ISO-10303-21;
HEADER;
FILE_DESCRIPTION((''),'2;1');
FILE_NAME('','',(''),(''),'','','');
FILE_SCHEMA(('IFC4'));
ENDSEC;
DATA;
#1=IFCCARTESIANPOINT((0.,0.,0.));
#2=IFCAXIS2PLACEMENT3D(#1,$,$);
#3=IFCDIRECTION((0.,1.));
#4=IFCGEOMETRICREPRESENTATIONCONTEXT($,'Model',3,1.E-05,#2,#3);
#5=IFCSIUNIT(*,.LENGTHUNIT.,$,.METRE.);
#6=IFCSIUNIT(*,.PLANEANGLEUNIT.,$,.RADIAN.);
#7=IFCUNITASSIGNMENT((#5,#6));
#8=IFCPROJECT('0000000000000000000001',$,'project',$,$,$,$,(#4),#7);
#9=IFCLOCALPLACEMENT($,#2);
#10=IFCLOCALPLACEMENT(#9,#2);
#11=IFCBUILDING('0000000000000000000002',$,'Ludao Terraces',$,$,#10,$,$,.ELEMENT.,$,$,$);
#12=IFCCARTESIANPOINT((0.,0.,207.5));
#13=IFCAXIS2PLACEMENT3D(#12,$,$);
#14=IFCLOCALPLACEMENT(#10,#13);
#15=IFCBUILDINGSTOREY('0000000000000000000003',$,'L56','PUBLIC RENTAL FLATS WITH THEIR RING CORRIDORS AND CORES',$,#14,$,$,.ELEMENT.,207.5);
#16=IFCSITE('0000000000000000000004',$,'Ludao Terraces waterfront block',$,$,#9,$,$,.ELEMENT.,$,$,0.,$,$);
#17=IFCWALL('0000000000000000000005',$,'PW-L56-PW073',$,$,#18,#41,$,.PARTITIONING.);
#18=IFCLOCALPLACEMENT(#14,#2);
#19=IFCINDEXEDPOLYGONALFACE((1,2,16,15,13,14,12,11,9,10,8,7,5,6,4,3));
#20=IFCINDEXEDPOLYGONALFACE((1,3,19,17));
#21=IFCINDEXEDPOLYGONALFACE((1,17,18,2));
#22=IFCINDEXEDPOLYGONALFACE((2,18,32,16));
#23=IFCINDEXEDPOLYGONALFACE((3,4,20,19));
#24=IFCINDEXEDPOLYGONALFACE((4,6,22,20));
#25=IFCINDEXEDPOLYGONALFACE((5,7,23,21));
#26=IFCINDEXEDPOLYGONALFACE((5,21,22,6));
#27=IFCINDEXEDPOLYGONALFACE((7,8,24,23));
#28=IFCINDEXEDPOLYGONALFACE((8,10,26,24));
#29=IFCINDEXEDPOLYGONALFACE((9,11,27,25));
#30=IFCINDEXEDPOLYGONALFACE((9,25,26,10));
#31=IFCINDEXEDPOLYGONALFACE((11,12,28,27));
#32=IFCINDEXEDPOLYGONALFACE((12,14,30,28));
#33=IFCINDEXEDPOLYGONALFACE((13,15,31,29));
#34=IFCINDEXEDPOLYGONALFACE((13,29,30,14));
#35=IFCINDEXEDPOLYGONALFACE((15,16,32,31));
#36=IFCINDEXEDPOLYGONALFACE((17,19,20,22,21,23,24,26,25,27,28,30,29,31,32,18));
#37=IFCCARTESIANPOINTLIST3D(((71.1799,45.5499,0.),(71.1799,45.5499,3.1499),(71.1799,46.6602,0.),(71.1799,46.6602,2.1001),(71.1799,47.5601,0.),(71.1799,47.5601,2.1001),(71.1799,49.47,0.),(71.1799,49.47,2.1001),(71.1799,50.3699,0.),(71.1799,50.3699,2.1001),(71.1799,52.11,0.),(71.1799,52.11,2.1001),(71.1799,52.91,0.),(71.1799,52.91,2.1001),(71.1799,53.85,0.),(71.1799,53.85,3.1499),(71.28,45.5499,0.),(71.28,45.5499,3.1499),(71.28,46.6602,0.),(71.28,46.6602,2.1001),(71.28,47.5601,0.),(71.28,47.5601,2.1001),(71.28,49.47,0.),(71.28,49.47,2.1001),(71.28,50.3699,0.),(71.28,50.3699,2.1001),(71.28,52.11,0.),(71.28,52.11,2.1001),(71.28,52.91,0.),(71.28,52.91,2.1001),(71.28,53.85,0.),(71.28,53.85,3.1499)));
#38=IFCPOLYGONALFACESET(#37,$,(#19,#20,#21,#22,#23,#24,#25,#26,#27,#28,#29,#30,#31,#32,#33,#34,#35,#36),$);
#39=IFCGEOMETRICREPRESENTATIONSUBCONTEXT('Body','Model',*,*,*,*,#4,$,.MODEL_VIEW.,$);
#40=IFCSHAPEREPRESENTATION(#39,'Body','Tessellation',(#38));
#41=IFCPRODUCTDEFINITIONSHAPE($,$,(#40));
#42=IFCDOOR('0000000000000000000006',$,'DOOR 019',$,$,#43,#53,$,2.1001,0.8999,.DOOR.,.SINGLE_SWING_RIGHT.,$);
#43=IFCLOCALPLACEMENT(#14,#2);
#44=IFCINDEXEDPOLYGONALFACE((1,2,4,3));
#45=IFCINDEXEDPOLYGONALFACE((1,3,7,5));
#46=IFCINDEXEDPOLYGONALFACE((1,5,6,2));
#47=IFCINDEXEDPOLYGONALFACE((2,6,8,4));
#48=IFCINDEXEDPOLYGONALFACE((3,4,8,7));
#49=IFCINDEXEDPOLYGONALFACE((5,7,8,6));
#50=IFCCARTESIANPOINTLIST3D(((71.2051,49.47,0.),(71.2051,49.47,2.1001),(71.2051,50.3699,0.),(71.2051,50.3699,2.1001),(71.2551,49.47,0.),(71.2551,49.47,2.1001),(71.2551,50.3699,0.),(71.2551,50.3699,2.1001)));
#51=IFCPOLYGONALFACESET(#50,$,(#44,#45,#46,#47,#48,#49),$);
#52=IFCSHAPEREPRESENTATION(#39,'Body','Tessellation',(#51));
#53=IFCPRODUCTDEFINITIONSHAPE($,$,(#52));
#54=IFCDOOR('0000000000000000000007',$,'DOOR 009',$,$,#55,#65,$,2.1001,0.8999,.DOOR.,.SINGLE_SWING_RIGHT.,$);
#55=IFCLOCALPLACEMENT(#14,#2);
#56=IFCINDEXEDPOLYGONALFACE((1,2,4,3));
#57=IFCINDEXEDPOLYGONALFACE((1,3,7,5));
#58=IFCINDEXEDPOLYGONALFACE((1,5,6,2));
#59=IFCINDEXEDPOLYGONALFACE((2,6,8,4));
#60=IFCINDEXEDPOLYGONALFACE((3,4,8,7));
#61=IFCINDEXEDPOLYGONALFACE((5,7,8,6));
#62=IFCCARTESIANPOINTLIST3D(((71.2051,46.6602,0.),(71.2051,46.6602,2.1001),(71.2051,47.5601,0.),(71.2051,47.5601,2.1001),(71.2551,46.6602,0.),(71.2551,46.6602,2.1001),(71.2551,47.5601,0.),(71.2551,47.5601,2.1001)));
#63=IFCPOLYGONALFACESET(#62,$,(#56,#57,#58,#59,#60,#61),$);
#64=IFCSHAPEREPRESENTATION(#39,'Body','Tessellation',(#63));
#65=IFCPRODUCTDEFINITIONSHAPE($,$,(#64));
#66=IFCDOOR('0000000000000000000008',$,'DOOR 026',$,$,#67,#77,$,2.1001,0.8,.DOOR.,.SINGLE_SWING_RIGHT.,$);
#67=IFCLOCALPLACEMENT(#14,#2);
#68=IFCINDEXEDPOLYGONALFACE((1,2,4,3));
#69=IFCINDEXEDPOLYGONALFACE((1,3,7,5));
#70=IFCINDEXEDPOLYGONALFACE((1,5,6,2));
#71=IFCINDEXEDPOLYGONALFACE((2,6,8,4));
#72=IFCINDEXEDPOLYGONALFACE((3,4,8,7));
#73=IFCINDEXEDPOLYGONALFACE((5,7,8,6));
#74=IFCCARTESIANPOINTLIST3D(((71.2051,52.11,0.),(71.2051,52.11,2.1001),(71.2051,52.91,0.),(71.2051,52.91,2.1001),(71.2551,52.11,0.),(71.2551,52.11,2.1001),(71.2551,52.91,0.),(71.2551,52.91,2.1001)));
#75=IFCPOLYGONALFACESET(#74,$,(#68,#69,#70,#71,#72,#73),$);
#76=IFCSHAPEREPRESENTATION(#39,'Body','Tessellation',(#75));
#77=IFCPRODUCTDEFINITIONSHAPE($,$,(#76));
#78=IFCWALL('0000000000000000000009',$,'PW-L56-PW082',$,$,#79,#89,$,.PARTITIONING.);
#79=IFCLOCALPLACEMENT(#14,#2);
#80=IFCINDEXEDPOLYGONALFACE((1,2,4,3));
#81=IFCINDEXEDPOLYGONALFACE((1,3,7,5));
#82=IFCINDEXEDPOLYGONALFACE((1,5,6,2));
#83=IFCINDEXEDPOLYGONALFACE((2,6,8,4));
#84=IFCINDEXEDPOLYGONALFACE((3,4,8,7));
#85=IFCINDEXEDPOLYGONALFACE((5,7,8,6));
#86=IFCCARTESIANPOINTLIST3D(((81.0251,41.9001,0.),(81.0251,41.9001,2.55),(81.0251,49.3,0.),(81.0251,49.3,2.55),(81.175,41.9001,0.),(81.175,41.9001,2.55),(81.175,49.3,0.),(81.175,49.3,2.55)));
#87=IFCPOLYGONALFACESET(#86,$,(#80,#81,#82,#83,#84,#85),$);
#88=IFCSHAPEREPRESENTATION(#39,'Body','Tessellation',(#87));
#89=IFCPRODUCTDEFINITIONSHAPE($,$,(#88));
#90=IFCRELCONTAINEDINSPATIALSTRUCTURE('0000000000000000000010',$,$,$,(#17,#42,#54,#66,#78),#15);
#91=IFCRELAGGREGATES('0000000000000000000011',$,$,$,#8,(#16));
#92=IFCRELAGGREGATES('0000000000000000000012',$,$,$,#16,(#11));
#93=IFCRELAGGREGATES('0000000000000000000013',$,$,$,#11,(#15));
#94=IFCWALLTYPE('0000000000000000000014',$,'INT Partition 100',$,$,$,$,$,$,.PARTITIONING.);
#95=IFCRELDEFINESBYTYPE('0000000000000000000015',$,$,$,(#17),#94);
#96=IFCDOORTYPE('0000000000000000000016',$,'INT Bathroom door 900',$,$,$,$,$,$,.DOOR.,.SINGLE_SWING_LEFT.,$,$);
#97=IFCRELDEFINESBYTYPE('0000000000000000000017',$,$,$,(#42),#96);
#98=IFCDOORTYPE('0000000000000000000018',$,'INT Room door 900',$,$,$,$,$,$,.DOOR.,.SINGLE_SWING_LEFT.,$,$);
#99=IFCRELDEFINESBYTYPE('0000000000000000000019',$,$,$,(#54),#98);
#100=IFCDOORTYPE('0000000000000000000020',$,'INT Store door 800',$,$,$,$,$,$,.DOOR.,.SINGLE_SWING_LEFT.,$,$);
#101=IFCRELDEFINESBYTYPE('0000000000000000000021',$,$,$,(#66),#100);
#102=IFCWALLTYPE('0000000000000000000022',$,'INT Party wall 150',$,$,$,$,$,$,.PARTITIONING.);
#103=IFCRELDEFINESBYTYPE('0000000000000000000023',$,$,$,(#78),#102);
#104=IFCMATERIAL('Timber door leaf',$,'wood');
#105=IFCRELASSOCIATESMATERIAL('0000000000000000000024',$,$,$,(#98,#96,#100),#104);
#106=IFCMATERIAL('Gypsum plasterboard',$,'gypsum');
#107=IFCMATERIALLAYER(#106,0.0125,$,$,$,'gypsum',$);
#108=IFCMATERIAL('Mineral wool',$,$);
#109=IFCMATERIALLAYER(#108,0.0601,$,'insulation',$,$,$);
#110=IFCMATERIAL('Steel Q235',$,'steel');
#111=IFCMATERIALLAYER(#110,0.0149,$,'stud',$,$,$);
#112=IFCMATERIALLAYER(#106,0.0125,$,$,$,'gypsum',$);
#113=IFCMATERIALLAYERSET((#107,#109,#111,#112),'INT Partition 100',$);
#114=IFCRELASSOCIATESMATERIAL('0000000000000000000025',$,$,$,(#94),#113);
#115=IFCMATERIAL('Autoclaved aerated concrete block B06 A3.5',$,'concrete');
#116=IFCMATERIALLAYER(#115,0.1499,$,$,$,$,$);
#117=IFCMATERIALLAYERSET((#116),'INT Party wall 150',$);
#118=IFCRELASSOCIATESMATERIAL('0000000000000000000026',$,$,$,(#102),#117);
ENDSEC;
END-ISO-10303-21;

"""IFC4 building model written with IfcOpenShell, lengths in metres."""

from ifc_helpers import new_model, si_unit, direction, frame, frame_2d, origin, place, context, subcontext, project, spatial, rectangle, extrude, material, layer, layer_set, type_object, element, fill, save


model = new_model("IFC4")

# Units and contexts
model_context = context("Model", 3, precision=1e-05, world=origin(), true_north=direction((0.0, 1.0)))
body_context = subcontext(model_context, "Body", "Model", "MODEL_VIEW")
ifc_project = project(units=[si_unit("LENGTHUNIT", "METRE"), si_unit("PLANEANGLEUNIT", "RADIAN")], contexts=[model_context])

# Site, building, storey
site_placement = place(None, origin())
site = spatial("IfcSite", under=ifc_project, at=site_placement, Name="Ludao Terraces waterfront block", CompositionType="ELEMENT", RefElevation=0.0)
building_placement = place(site_placement, origin())
building = spatial("IfcBuilding", under=site, at=building_placement, Name="Ludao Terraces", CompositionType="ELEMENT")
storey_placement = place(building_placement, frame((0.0, 0.0, 207.5)))
storey = spatial("IfcBuildingStorey", under=building, at=storey_placement, Name="L56", Description="PUBLIC RENTAL FLATS WITH THEIR RING CORRIDORS AND CORES", CompositionType="ELEMENT", Elevation=207.5)

# Shared definitions
ifc_material_1 = material(Name="Autoclaved aerated concrete block B06 A3.5", Category="concrete")
ifc_material_2 = material(Name="Timber door leaf", Category="wood")
door_type_1 = type_object("IfcDoorType", Name="INT Room door 900", OperationType="SINGLE_SWING_LEFT", PredefinedType="DOOR", material=ifc_material_2)
ifc_material_3 = material(Name="Steel Q235", Category="steel")

# Shared definitions
ifc_material_4 = material(Name="Gypsum plasterboard", Category="gypsum")
ifc_layer_1 = layer(ifc_material_4, 0.0125, Category="gypsum")
ifc_material_5 = material(Name="Mineral wool")
ifc_layer_2 = layer(ifc_material_5, 0.0601, Name="insulation")
ifc_layer_3 = layer(ifc_material_3, 0.0149, Name="stud")
ifc_layer_4 = layer(ifc_material_4, 0.0125, Category="gypsum")
ifc_layer_set_1 = layer_set([ifc_layer_1, ifc_layer_2, ifc_layer_3, ifc_layer_4], Name="INT Partition 100")
wall_type_1 = type_object("IfcWallType", Name="INT Partition 100", PredefinedType="PARTITIONING", material=ifc_layer_set_1)

# Wall, openings, doors
wall_1_placement = place(storey_placement, frame((71.23, 45.55, 0.0), z_axis=(0.0, 0.0, 1.0), x_axis=(0.0, 1.0, 0.0)))
wall_1 = element("IfcWall", 1, at=wall_1_placement, inside=storey, type_object=wall_type_1, Name="PW-L56-PW073", PredefinedType="PARTITIONING", context=body_context, shape_type="SweptSolid", body=[
    extrude(rectangle(XDim=8.3, YDim=0.1001, at=frame_2d((4.1499, 0.0))), origin(), (0.0, 0.0, 1.0), 3.1499),
])
opening_1_placement = place(wall_1_placement, frame((1.1101, 0.0, 0.0)))
opening_1 = element("IfcOpeningElement", 2, at=opening_1_placement, cuts=wall_1, PredefinedType="OPENING", context=body_context, shape_type="SweptSolid", body=[
    extrude(rectangle(XDim=0.8999, YDim=2.1001, at=frame_2d((0.45, 1.05))), frame((0.0, 0.0601, 0.0), z_axis=(0.0, -1.0, 0.0), x_axis=(1.0, 0.0, 0.0)), (0.0, 0.0, 1.0), 0.1201),
])
opening_2_placement = place(wall_1_placement, frame((3.9199, 0.0, 0.0)))
opening_2 = element("IfcOpeningElement", 3, at=opening_2_placement, cuts=wall_1, PredefinedType="OPENING", context=body_context, shape_type="SweptSolid", body=[
    extrude(rectangle(XDim=0.8999, YDim=2.1001, at=frame_2d((0.45, 1.05))), frame((0.0, 0.0601, 0.0), z_axis=(0.0, -1.0, 0.0), x_axis=(1.0, 0.0, 0.0)), (0.0, 0.0, 1.0), 0.1201),
])
opening_3_placement = place(wall_1_placement, frame((6.5601, 0.0, 0.0)))
opening_3 = element("IfcOpeningElement", 4, at=opening_3_placement, cuts=wall_1, PredefinedType="OPENING", context=body_context, shape_type="SweptSolid", body=[
    extrude(rectangle(XDim=0.8, YDim=2.1001, at=frame_2d((0.3999, 1.05))), frame((0.0, 0.0601, 0.0), z_axis=(0.0, -1.0, 0.0), x_axis=(1.0, 0.0, 0.0)), (0.0, 0.0, 1.0), 0.1201),
])
door_type_2 = type_object("IfcDoorType", Name="INT Bathroom door 900", OperationType="SINGLE_SWING_LEFT", PredefinedType="DOOR", material=ifc_material_2)
door_1_placement = place(opening_2_placement, origin())
door_1 = element("IfcDoor", 5, at=door_1_placement, inside=storey, type_object=door_type_2, Name="DOOR 019", OperationType="SINGLE_SWING_RIGHT", OverallHeight=2.1001, OverallWidth=0.8999, PredefinedType="DOOR", context=body_context, shape_type="SweptSolid", body=[
    extrude(rectangle(XDim=0.8999, YDim=2.1001, at=frame_2d((0.45, 1.05))), frame((0.0, 0.0249, 0.0), z_axis=(0.0, -1.0, 0.0), x_axis=(1.0, 0.0, 0.0)), (0.0, 0.0, 1.0), 0.05),
])
fill(opening_2, door_1)
door_2_placement = place(opening_1_placement, origin())
door_2 = element("IfcDoor", 6, at=door_2_placement, inside=storey, type_object=door_type_1, Name="DOOR 009", OperationType="SINGLE_SWING_RIGHT", OverallHeight=2.1001, OverallWidth=0.8999, PredefinedType="DOOR", context=body_context, shape_type="SweptSolid", body=[
    extrude(rectangle(XDim=0.8999, YDim=2.1001, at=frame_2d((0.45, 1.05))), frame((0.0, 0.0249, 0.0), z_axis=(0.0, -1.0, 0.0), x_axis=(1.0, 0.0, 0.0)), (0.0, 0.0, 1.0), 0.05),
])
fill(opening_1, door_2)
door_type_3 = type_object("IfcDoorType", Name="INT Store door 800", OperationType="SINGLE_SWING_LEFT", PredefinedType="DOOR", material=ifc_material_2)
door_3_placement = place(opening_3_placement, origin())
door_3 = element("IfcDoor", 7, at=door_3_placement, inside=storey, type_object=door_type_3, Name="DOOR 026", OperationType="SINGLE_SWING_RIGHT", OverallHeight=2.1001, OverallWidth=0.8, PredefinedType="DOOR", context=body_context, shape_type="SweptSolid", body=[
    extrude(rectangle(XDim=0.8, YDim=2.1001, at=frame_2d((0.3999, 1.05))), frame((0.0, 0.0249, 0.0), z_axis=(0.0, -1.0, 0.0), x_axis=(1.0, 0.0, 0.0)), (0.0, 0.0, 1.0), 0.05),
])
fill(opening_3, door_3)

# Wall
ifc_layer_5 = layer(ifc_material_1, 0.1499)
ifc_layer_set_2 = layer_set([ifc_layer_5], Name="INT Party wall 150")
wall_type_2 = type_object("IfcWallType", Name="INT Party wall 150", PredefinedType="PARTITIONING", material=ifc_layer_set_2)
wall_2_placement = place(storey_placement, frame((81.1001, 41.9001, 0.0), z_axis=(0.0, 0.0, 1.0), x_axis=(0.0, 1.0, 0.0)))
element("IfcWall", 8, at=wall_2_placement, inside=storey, type_object=wall_type_2, Name="PW-L56-PW082", PredefinedType="PARTITIONING", context=body_context, shape_type="SweptSolid", body=[
    extrude(rectangle(XDim=7.3999, YDim=0.1499, at=frame_2d((3.7, 0.0))), origin(), (0.0, 0.0, 1.0), 2.55),
])

save(model, "model.ifc")
